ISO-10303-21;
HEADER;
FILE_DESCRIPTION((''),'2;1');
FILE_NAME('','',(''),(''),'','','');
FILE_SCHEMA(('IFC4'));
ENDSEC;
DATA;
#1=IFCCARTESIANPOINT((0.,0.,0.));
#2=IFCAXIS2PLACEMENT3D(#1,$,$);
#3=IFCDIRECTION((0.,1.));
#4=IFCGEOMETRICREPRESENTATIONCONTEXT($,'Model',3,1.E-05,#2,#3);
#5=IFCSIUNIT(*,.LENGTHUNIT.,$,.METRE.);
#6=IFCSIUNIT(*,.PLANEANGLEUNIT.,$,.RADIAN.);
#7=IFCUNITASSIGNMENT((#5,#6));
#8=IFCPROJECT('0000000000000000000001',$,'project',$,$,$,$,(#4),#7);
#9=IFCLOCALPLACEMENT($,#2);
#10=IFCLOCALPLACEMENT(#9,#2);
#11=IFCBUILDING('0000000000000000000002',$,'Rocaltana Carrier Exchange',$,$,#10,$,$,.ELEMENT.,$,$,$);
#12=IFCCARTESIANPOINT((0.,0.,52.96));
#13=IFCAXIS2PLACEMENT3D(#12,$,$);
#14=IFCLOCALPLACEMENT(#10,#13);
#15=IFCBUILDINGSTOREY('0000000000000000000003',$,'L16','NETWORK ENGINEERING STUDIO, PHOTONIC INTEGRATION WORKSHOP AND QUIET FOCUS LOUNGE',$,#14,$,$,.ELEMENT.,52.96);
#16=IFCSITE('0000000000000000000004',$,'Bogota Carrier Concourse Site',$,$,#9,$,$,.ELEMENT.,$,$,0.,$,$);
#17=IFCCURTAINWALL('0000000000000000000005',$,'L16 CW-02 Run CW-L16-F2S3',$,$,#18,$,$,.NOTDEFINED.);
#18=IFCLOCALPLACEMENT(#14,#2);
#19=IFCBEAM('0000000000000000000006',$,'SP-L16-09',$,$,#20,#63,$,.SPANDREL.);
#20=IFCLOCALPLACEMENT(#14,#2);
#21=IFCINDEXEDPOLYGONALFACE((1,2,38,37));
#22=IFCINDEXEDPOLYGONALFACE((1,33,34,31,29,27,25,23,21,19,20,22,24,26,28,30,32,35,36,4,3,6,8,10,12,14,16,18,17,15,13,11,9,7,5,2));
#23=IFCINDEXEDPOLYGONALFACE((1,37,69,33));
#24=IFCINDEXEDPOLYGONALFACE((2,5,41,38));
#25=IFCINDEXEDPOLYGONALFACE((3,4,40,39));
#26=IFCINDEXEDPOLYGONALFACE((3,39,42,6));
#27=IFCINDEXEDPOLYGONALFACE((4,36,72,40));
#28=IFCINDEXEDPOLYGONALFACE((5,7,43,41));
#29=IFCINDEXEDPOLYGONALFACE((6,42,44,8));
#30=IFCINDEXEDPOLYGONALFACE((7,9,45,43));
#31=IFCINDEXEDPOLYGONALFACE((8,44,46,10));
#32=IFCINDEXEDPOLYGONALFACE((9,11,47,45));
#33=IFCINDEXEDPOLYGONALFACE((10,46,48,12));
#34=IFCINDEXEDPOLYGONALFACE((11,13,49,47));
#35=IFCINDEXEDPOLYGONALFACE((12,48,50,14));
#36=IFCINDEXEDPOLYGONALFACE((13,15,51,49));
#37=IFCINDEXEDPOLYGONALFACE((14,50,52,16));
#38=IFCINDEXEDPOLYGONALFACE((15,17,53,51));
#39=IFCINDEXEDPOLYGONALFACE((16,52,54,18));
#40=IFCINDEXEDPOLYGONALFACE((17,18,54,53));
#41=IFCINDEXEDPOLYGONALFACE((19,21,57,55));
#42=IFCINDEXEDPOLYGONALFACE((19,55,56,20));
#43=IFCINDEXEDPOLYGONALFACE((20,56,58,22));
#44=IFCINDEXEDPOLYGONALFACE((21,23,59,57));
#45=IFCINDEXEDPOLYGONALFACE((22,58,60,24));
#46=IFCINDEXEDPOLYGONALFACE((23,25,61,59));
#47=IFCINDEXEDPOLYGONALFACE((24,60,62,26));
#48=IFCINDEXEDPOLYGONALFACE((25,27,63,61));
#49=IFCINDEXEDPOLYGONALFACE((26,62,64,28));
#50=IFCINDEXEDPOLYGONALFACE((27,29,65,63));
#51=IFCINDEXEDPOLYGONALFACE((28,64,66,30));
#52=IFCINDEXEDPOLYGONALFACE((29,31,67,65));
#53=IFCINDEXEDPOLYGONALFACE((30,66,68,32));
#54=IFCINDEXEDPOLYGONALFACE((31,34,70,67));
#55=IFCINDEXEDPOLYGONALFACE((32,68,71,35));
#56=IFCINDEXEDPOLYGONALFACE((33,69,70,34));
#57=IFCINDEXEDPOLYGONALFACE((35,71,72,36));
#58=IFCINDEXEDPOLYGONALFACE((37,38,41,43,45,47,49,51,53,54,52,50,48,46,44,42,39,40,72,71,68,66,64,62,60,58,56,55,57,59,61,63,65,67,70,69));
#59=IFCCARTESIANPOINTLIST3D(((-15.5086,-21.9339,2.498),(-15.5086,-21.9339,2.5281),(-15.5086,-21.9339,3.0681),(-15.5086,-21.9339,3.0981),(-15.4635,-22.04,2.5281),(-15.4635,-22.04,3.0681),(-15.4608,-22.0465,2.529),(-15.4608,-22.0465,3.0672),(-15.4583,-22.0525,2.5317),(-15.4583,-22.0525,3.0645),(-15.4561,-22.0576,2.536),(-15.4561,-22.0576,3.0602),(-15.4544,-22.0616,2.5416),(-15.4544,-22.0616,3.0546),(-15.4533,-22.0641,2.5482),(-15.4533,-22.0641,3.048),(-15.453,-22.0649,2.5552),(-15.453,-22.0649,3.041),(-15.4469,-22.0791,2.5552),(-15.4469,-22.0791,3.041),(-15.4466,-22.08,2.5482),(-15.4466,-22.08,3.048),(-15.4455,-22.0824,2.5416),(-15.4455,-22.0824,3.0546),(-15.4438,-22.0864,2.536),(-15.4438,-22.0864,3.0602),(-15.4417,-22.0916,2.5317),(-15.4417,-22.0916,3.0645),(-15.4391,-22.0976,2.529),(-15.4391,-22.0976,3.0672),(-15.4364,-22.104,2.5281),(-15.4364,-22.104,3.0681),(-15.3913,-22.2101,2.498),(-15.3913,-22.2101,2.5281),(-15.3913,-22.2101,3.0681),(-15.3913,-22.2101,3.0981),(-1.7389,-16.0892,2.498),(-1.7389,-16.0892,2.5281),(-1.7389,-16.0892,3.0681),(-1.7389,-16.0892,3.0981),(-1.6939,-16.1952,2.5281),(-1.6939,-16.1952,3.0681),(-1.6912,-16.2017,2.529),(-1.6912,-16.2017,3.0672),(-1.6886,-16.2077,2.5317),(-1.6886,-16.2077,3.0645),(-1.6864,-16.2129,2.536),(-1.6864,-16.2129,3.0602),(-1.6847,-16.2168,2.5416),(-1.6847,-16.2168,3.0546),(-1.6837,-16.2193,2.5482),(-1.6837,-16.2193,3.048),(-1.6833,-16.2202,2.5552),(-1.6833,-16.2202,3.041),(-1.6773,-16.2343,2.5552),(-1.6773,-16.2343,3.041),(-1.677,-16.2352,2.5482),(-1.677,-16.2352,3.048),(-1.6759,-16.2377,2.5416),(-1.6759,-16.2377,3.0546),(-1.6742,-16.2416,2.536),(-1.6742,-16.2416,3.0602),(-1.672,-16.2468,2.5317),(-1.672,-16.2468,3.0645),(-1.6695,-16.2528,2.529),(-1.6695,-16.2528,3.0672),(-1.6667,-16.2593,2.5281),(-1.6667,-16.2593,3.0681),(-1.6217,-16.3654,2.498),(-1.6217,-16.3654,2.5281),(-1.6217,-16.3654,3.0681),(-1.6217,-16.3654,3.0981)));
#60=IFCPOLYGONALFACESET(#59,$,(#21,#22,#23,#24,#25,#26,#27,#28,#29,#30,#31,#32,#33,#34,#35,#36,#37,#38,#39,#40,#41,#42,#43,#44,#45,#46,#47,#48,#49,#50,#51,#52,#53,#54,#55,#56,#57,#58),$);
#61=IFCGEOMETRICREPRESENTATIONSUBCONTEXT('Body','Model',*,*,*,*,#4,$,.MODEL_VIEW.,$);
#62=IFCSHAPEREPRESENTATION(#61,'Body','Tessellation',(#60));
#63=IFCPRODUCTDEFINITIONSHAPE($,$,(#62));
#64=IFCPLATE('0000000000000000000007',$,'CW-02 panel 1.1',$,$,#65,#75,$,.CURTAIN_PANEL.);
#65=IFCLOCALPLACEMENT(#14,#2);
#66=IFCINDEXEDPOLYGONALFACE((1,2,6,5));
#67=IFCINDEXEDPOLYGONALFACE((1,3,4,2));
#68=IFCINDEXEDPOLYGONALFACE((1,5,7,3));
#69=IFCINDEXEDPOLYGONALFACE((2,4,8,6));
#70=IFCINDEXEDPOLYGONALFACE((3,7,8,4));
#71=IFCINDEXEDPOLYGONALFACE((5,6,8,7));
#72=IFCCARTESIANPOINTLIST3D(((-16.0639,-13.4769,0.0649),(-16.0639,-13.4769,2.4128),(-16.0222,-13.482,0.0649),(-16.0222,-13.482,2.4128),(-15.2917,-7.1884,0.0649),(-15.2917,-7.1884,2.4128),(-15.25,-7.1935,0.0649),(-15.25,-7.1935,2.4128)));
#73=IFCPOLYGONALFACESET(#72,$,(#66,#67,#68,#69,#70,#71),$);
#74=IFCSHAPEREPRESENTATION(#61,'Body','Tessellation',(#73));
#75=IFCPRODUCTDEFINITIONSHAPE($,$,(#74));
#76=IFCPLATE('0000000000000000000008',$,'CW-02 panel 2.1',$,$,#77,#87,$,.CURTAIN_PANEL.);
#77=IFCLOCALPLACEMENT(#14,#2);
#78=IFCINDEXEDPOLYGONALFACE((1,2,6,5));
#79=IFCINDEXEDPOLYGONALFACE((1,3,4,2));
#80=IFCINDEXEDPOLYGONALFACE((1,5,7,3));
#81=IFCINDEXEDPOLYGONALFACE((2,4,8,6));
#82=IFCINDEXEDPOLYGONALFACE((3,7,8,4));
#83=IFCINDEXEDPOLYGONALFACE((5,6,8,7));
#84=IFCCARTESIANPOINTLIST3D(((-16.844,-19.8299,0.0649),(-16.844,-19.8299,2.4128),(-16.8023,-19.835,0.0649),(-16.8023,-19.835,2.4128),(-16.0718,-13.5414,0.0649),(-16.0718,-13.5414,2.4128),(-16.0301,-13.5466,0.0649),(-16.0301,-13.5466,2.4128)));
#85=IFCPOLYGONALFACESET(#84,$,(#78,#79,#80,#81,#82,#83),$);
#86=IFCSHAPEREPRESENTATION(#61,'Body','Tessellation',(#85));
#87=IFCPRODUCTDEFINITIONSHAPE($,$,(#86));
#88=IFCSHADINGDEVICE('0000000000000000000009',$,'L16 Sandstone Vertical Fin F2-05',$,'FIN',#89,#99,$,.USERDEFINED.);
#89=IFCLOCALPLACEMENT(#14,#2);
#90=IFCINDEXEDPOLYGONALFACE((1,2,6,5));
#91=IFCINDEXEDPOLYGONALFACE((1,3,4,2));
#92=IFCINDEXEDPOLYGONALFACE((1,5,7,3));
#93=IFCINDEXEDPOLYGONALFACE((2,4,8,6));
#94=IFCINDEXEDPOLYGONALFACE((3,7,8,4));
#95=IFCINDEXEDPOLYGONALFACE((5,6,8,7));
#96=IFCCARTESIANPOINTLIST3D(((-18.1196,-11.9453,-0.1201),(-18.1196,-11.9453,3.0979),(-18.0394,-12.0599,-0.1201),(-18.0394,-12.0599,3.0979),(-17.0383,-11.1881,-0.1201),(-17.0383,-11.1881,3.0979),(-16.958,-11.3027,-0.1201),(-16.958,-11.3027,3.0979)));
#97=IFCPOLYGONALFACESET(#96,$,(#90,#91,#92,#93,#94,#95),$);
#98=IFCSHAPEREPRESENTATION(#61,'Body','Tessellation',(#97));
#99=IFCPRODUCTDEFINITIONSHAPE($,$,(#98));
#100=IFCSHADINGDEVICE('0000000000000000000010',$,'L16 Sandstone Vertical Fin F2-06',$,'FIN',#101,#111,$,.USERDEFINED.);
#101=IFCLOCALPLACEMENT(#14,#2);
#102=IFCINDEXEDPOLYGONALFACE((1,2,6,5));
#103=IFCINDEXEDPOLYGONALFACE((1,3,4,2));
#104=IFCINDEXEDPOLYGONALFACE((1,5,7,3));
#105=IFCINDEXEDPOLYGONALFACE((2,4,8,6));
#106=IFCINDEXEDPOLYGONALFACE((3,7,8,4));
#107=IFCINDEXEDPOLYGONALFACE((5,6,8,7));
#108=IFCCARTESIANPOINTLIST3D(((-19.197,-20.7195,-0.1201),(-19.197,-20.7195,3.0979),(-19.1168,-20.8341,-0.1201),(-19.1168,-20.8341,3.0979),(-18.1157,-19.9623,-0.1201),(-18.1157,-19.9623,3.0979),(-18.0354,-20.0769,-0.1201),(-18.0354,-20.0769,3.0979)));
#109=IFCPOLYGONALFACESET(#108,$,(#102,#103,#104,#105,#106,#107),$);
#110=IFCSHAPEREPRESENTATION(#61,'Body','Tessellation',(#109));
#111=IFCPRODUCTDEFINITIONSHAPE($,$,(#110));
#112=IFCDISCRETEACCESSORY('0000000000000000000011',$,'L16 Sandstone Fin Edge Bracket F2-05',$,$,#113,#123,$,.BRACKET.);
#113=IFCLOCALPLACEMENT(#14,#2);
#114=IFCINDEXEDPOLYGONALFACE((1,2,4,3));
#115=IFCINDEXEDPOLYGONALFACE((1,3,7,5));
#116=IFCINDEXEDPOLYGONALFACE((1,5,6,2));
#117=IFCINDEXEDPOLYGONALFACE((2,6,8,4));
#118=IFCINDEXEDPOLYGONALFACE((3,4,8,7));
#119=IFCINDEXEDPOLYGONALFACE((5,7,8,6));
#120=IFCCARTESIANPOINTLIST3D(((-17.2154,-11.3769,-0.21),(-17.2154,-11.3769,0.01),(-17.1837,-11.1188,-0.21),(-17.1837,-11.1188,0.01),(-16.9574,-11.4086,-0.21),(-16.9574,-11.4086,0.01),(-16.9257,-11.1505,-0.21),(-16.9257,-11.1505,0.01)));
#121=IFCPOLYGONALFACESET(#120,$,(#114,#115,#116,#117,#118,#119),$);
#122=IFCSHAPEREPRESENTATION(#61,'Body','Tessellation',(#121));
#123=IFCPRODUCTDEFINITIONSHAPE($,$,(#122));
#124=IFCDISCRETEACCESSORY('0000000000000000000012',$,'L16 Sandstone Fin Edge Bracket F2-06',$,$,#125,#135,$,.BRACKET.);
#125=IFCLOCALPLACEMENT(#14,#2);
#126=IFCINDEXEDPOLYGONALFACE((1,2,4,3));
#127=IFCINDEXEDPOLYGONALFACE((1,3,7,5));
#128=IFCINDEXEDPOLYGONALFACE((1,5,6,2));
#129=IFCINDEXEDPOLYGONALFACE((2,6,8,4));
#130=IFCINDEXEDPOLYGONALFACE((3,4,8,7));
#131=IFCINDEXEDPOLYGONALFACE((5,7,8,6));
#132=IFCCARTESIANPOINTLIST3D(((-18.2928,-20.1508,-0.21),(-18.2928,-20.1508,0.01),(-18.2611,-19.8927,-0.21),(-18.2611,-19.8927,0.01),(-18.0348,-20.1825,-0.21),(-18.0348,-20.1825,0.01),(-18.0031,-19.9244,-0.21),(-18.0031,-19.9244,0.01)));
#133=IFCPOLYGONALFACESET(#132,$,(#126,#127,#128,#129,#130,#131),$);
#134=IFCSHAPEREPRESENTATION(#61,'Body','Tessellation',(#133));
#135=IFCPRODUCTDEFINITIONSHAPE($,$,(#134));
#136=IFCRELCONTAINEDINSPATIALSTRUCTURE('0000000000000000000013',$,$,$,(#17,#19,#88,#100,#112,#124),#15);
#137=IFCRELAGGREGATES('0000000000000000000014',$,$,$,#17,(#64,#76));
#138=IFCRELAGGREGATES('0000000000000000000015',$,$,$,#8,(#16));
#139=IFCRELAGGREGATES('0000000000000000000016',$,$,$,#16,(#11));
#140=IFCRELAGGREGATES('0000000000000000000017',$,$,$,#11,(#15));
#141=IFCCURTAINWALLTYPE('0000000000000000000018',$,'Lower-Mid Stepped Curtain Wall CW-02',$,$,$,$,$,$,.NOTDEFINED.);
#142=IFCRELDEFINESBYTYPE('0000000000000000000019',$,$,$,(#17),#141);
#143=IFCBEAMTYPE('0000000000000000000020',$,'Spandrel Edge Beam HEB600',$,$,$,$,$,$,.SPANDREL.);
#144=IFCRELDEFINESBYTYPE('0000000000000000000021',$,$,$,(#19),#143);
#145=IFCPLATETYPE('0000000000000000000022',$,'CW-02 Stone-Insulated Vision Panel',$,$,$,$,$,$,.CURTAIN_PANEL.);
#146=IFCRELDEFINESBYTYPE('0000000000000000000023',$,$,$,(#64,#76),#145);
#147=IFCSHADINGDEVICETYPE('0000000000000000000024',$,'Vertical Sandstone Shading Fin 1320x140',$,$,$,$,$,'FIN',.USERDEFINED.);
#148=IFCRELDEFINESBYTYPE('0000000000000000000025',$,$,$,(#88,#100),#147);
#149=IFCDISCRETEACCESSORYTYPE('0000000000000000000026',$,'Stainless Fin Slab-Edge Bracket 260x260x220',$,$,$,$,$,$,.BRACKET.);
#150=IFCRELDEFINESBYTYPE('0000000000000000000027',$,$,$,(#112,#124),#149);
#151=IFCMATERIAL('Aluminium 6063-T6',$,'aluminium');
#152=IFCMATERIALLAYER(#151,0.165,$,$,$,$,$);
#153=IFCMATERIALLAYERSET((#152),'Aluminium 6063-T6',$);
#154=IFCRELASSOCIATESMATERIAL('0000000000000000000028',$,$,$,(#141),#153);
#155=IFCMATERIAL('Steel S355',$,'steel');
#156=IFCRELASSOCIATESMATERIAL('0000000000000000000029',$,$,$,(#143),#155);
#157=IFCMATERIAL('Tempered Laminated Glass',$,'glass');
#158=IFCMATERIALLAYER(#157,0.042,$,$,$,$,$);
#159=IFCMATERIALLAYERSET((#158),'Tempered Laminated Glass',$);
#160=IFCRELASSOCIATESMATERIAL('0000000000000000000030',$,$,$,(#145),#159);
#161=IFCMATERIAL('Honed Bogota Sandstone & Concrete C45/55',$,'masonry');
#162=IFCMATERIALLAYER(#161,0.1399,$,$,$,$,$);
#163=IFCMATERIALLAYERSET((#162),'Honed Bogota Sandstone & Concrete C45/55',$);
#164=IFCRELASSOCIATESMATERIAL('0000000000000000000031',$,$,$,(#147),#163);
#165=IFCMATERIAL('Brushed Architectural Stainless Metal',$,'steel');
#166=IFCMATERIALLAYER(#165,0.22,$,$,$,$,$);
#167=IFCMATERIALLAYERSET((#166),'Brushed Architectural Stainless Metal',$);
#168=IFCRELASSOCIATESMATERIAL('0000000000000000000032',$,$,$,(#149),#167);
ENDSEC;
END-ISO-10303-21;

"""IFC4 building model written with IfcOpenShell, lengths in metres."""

from ifc_helpers import new_model, si_unit, direction, frame, origin, origin_2d, place, context, subcontext, project, spatial, rectangle, i_section, extrude, material, layer, layer_set, material_profile, profile_set, type_object, element, aggregate, save


model = new_model("IFC4")

# Units and contexts
model_context = context("Model", 3, precision=1e-05, world=origin(), true_north=direction((0.0, 1.0)))
body_context = subcontext(model_context, "Body", "Model", "MODEL_VIEW")
ifc_project = project(units=[si_unit("LENGTHUNIT", "METRE"), si_unit("PLANEANGLEUNIT", "RADIAN")], contexts=[model_context])

# Site, building, storey
site_placement = place(None, origin())
site = spatial("IfcSite", under=ifc_project, at=site_placement, Name="Bogota Carrier Concourse Site", CompositionType="ELEMENT", RefElevation=0.0)
building_placement = place(site_placement, origin())
building = spatial("IfcBuilding", under=site, at=building_placement, Name="Rocaltana Carrier Exchange", CompositionType="ELEMENT")
storey_placement = place(building_placement, frame((0.0, 0.0, 52.96)))
storey = spatial("IfcBuildingStorey", under=building, at=storey_placement, Name="L16", Description="NETWORK ENGINEERING STUDIO, PHOTONIC INTEGRATION WORKSHOP AND QUIET FOCUS LOUNGE", CompositionType="ELEMENT", Elevation=52.96)

# Curtain wall
ifc_material_1 = material(Name="Aluminium 6063-T6", Category="aluminium")
ifc_layer_1 = layer(ifc_material_1, 0.165)
ifc_layer_set_1 = layer_set([ifc_layer_1], Name="Aluminium 6063-T6")
curtain_wall_type = type_object("IfcCurtainWallType", Name="Lower-Mid Stepped Curtain Wall CW-02", PredefinedType="NOTDEFINED", material=ifc_layer_set_1)
curtain_wall_1_placement = place(storey_placement, origin())
curtain_wall_1 = element("IfcCurtainWall", 1, at=curtain_wall_1_placement, inside=storey, type_object=curtain_wall_type, Name="L16 CW-02 Run CW-L16-F2S3", PredefinedType="NOTDEFINED")

# Beam
ifc_material_2 = material(Name="Steel S355", Category="steel")
ifc_material_profile_1 = material_profile(ifc_material_2, i_section(OverallWidth=0.3, OverallDepth=0.6001, WebThickness=0.0154, FlangeThickness=0.03, FilletRadius=0.0271, at=origin_2d()), Name="HEB600")
ifc_profile_set_1 = profile_set([ifc_material_profile_1], Name="Steel S355")
beam_type_1 = type_object("IfcBeamType", Name="Spandrel Edge Beam HEB600", PredefinedType="SPANDREL", material=ifc_profile_set_1)
beam_1_placement = place(storey_placement, frame((-15.45, -22.072, 2.7981), z_axis=(0.920507, 0.390726, 0.0), x_axis=(-0.390726, 0.920507, 0.0)))
element("IfcBeam", 2, at=beam_1_placement, inside=storey, type_object=beam_type_1, Name="SP-L16-09", PredefinedType="SPANDREL", context=body_context, shape_type="SweptSolid", body=[
    extrude(i_section(OverallWidth=0.3, OverallDepth=0.6001, WebThickness=0.0154, FlangeThickness=0.03, FilletRadius=0.0271, at=origin_2d()), origin(), (0.0, 0.0, 1.0), 14.9587),
])

# Plates
ifc_material_3 = material(Name="Tempered Laminated Glass", Category="glass")
ifc_layer_2 = layer(ifc_material_3, 0.042)
ifc_layer_set_2 = layer_set([ifc_layer_2], Name="Tempered Laminated Glass")
plate_type = type_object("IfcPlateType", Name="CW-02 Stone-Insulated Vision Panel", PredefinedType="CURTAIN_PANEL", material=ifc_layer_set_2)
plate_1_placement = place(storey_placement, frame((-15.657, -10.3352, 0.0649), z_axis=(0.0, 0.0, 1.0), x_axis=(-0.121881, -0.992545, 0.0)))
plate_1 = element("IfcPlate", 3, at=plate_1_placement, type_object=plate_type, Name="CW-02 panel 1.1", PredefinedType="CURTAIN_PANEL", context=body_context, shape_type="SweptSolid", body=[
    extrude(rectangle(XDim=6.3357, YDim=0.042, at=origin_2d()), origin(), (0.0, 0.0, 1.0), 2.3479),
])
plate_2_placement = place(storey_placement, frame((-16.437, -16.6882, 0.0649), z_axis=(0.0, 0.0, 1.0), x_axis=(-0.121881, -0.992545, 0.0)))
plate_2 = element("IfcPlate", 4, at=plate_2_placement, type_object=plate_type, Name="CW-02 panel 2.1", PredefinedType="CURTAIN_PANEL", context=body_context, shape_type="SweptSolid", body=[
    extrude(rectangle(XDim=6.3357, YDim=0.042, at=origin_2d()), origin(), (0.0, 0.0, 1.0), 2.3479),
])
aggregate(curtain_wall_1, [plate_1, plate_2])

# Shading devices
ifc_material_4 = material(Name="Honed Bogota Sandstone & Concrete C45/55", Category="masonry")
ifc_layer_3 = layer(ifc_material_4, 0.1399)
ifc_layer_set_3 = layer_set([ifc_layer_3], Name="Honed Bogota Sandstone & Concrete C45/55")
shading_device_type = type_object("IfcShadingDeviceType", Name="Vertical Sandstone Shading Fin 1320x140", ElementType="FIN", PredefinedType="USERDEFINED", material=ifc_layer_set_3)
for number, where, z_axis, x_axis, name in (
    (5, (-17.5388, -11.624, -0.1201), (0.0, 0.0, 1.0), (-0.819152, -0.573576, 0.0), "L16 Sandstone Vertical Fin F2-05"),
    (6, (-18.6162, -20.3982, -0.1201), (0.0, 0.0, 1.0), (-0.819152, -0.573576, 0.0), "L16 Sandstone Vertical Fin F2-06"),
):
    element("IfcShadingDevice", number, at=place(storey_placement, frame(where, z_axis=z_axis, x_axis=x_axis)), inside=storey, type_object=shading_device_type, Name=name, ObjectType="FIN", PredefinedType="USERDEFINED", context=body_context, shape_type="SweptSolid", body=[
        extrude(rectangle(XDim=1.3201, YDim=0.1399, at=origin_2d()), origin(), (0.0, 0.0, 1.0), 3.218),
    ])

# Discrete accessories
ifc_material_5 = material(Name="Brushed Architectural Stainless Metal", Category="steel")
ifc_layer_4 = layer(ifc_material_5, 0.22)
ifc_layer_set_4 = layer_set([ifc_layer_4], Name="Brushed Architectural Stainless Metal")
discrete_accessory_type = type_object("IfcDiscreteAccessoryType", Name="Stainless Fin Slab-Edge Bracket 260x260x220", PredefinedType="BRACKET", material=ifc_layer_set_4)
for number, where, z_axis, x_axis, name in (
    (7, (-17.0706, -11.2637, -0.21), (0.0, 0.0, 1.0), (-0.121869, -0.992546, 0.0), "L16 Sandstone Fin Edge Bracket F2-05"),
    (8, (-18.1479, -20.0376, -0.21), (0.0, 0.0, 1.0), (-0.121869, -0.992546, 0.0), "L16 Sandstone Fin Edge Bracket F2-06"),
):
    element("IfcDiscreteAccessory", number, at=place(storey_placement, frame(where, z_axis=z_axis, x_axis=x_axis)), inside=storey, type_object=discrete_accessory_type, Name=name, PredefinedType="BRACKET", context=body_context, shape_type="SweptSolid", body=[
        extrude(rectangle(XDim=0.26, YDim=0.26, at=origin_2d()), origin(), (0.0, 0.0, 1.0), 0.22),
    ])

save(model, "model.ifc")
